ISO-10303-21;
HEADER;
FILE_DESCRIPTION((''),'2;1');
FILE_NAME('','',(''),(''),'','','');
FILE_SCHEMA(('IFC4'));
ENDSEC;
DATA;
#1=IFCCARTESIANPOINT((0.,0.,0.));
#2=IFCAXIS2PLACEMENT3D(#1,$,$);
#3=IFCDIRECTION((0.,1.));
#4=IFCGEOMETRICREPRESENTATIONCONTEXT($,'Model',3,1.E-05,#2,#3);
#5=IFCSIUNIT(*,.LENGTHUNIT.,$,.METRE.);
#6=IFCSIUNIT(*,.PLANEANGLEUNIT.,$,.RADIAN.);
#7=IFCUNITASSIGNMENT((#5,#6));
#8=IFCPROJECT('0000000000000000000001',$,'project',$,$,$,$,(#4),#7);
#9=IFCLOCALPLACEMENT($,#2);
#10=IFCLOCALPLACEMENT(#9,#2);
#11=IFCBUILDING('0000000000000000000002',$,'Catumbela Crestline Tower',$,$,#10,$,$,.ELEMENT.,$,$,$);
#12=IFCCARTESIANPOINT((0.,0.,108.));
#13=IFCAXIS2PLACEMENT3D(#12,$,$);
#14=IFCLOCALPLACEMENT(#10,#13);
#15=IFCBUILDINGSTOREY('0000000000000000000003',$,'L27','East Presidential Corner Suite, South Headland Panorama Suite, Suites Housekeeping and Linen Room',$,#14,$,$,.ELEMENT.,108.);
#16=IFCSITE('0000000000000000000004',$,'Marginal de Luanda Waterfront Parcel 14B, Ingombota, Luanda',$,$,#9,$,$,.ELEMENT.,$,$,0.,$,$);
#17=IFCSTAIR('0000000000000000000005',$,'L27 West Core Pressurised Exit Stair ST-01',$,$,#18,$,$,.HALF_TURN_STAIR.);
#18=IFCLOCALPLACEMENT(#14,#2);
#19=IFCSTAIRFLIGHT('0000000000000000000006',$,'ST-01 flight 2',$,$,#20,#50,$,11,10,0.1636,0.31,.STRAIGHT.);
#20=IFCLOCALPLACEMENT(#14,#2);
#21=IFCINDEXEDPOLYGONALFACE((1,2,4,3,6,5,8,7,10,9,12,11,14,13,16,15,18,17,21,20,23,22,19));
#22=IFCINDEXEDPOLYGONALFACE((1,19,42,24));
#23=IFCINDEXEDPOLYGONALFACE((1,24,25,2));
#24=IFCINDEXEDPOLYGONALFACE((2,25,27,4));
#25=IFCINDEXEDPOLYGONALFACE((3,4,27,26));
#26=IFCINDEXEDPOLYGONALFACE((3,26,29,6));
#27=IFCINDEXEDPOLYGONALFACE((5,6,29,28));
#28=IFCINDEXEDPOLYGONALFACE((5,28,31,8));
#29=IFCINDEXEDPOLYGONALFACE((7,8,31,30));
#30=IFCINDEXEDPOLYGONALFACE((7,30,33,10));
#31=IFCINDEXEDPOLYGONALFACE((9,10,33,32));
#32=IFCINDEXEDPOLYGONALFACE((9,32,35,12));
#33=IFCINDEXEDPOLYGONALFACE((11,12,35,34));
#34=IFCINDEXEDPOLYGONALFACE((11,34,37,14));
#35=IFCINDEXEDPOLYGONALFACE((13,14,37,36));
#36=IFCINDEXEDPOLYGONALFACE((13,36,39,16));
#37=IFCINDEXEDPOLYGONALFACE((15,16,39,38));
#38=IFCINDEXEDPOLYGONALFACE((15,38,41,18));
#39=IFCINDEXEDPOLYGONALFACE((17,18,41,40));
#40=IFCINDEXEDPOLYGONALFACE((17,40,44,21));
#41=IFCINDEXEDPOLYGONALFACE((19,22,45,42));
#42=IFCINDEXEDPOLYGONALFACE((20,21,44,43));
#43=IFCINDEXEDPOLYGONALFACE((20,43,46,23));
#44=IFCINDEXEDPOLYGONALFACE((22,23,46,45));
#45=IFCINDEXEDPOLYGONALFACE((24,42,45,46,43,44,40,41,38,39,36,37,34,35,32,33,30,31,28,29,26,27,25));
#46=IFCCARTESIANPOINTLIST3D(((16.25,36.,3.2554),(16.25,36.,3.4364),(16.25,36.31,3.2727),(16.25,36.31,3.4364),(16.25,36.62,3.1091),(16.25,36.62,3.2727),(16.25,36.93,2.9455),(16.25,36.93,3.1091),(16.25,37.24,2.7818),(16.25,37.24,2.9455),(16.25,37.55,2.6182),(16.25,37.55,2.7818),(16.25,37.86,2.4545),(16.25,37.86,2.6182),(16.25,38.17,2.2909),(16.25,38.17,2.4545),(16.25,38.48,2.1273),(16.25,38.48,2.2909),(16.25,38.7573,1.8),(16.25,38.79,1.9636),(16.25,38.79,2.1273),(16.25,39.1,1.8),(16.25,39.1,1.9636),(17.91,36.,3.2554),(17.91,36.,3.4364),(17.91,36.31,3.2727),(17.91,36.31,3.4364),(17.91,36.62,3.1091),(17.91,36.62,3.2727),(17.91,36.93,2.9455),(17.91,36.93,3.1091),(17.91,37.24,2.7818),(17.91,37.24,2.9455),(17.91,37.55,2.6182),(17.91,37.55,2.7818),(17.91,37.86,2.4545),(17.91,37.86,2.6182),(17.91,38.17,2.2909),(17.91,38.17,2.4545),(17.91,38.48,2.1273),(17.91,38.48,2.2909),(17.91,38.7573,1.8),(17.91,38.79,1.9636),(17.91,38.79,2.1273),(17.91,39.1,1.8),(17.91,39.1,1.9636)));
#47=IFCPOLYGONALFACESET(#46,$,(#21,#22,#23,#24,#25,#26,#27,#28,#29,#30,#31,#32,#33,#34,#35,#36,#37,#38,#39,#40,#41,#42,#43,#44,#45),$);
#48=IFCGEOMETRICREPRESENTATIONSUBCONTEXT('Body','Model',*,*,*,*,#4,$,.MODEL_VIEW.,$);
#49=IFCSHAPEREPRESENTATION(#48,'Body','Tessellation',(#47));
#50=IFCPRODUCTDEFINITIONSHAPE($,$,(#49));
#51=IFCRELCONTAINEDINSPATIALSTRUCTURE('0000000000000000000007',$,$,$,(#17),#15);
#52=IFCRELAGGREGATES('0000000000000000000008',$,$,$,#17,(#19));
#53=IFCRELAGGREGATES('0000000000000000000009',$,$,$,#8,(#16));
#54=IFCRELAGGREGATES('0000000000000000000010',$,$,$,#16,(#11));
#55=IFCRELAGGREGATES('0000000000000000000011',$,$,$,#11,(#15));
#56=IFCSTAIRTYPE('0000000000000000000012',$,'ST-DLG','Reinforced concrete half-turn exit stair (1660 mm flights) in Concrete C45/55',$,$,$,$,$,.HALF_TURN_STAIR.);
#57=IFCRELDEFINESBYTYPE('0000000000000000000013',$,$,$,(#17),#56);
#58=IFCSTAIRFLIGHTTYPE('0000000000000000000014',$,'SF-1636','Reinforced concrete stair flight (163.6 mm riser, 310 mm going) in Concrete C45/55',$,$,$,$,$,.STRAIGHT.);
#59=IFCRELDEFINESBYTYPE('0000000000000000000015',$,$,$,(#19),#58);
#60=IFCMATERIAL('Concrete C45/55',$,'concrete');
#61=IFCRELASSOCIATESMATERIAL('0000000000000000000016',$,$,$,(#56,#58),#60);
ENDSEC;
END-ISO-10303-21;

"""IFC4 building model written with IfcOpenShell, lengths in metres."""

from ifc_helpers import new_model, si_unit, direction, frame, origin, place, context, subcontext, project, spatial, polyline, outline, extrude, material, type_object, element, aggregate, save


model = new_model("IFC4")

# Units and contexts
model_context = context("Model", 3, precision=1e-05, world=origin(), true_north=direction((0.0, 1.0)))
body_context = subcontext(model_context, "Body", "Model", "MODEL_VIEW")
ifc_project = project(units=[si_unit("LENGTHUNIT", "METRE"), si_unit("PLANEANGLEUNIT", "RADIAN")], contexts=[model_context])

# Site, building, storey
site_placement = place(None, origin())
site = spatial("IfcSite", under=ifc_project, at=site_placement, Name="Marginal de Luanda Waterfront Parcel 14B, Ingombota, Luanda", CompositionType="ELEMENT", RefElevation=0.0)
building_placement = place(site_placement, origin())
building = spatial("IfcBuilding", under=site, at=building_placement, Name="Catumbela Crestline Tower", CompositionType="ELEMENT")
storey_placement = place(building_placement, frame((0.0, 0.0, 108.0)))
storey = spatial("IfcBuildingStorey", under=building, at=storey_placement, Name="L27", Description="East Presidential Corner Suite, South Headland Panorama Suite, Suites Housekeeping and Linen Room", CompositionType="ELEMENT", Elevation=108.0)

# Stair, stair flight
ifc_material_1 = material(Name="Concrete C45/55", Category="concrete")
stair_type = type_object("IfcStairType", Name="ST-DLG", Description="Reinforced concrete half-turn exit stair (1660 mm flights) in Concrete C45/55", PredefinedType="HALF_TURN_STAIR", material=ifc_material_1)
stair_placement = place(storey_placement, origin())
stair = element("IfcStair", 1, at=stair_placement, inside=storey, type_object=stair_type, Name="L27 West Core Pressurised Exit Stair ST-01", PredefinedType="HALF_TURN_STAIR")
stair_flight_type = type_object("IfcStairFlightType", Name="SF-1636", Description="Reinforced concrete stair flight (163.6 mm riser, 310 mm going) in Concrete C45/55", PredefinedType="STRAIGHT", material=ifc_material_1)
stair_flight_placement = place(storey_placement, frame((17.08, 39.1, 1.8), z_axis=(0.0, 0.0, 1.0), x_axis=(0.0, -1.0, 0.0)))
stair_flight = element("IfcStairFlight", 2, at=stair_flight_placement, type_object=stair_flight_type, Name="ST-01 flight 2", NumberOfRisers=11, NumberOfTreads=10, PredefinedType="STRAIGHT", RiserHeight=0.1636, TreadLength=0.31, context=body_context, shape_type="SweptSolid", body=[
    extrude(outline(polyline([(0.0, 0.0), (0.0, 0.1636), (0.31, 0.1636), (0.31, 0.3273), (0.62, 0.3273), (0.62, 0.4909), (0.93, 0.4909), (0.93, 0.6545), (1.24, 0.6545), (1.24, 0.8182), (1.55, 0.8182), (1.55, 0.9818), (1.86, 0.9818), (1.86, 1.1455), (2.17, 1.1455), (2.17, 1.3091), (2.48, 1.3091), (2.48, 1.4727), (2.79, 1.4727), (2.79, 1.6364), (3.1, 1.6364), (3.1, 1.8), (3.1, 1.4554), (0.3427, 0.0), (0.0, 0.0)])), frame((0.0, 0.83, 0.0), z_axis=(0.0, -1.0, 0.0), x_axis=(1.0, 0.0, 0.0)), (0.0, 0.0, 1.0), 1.66),
])
aggregate(stair, [stair_flight])

save(model, "model.ifc")
